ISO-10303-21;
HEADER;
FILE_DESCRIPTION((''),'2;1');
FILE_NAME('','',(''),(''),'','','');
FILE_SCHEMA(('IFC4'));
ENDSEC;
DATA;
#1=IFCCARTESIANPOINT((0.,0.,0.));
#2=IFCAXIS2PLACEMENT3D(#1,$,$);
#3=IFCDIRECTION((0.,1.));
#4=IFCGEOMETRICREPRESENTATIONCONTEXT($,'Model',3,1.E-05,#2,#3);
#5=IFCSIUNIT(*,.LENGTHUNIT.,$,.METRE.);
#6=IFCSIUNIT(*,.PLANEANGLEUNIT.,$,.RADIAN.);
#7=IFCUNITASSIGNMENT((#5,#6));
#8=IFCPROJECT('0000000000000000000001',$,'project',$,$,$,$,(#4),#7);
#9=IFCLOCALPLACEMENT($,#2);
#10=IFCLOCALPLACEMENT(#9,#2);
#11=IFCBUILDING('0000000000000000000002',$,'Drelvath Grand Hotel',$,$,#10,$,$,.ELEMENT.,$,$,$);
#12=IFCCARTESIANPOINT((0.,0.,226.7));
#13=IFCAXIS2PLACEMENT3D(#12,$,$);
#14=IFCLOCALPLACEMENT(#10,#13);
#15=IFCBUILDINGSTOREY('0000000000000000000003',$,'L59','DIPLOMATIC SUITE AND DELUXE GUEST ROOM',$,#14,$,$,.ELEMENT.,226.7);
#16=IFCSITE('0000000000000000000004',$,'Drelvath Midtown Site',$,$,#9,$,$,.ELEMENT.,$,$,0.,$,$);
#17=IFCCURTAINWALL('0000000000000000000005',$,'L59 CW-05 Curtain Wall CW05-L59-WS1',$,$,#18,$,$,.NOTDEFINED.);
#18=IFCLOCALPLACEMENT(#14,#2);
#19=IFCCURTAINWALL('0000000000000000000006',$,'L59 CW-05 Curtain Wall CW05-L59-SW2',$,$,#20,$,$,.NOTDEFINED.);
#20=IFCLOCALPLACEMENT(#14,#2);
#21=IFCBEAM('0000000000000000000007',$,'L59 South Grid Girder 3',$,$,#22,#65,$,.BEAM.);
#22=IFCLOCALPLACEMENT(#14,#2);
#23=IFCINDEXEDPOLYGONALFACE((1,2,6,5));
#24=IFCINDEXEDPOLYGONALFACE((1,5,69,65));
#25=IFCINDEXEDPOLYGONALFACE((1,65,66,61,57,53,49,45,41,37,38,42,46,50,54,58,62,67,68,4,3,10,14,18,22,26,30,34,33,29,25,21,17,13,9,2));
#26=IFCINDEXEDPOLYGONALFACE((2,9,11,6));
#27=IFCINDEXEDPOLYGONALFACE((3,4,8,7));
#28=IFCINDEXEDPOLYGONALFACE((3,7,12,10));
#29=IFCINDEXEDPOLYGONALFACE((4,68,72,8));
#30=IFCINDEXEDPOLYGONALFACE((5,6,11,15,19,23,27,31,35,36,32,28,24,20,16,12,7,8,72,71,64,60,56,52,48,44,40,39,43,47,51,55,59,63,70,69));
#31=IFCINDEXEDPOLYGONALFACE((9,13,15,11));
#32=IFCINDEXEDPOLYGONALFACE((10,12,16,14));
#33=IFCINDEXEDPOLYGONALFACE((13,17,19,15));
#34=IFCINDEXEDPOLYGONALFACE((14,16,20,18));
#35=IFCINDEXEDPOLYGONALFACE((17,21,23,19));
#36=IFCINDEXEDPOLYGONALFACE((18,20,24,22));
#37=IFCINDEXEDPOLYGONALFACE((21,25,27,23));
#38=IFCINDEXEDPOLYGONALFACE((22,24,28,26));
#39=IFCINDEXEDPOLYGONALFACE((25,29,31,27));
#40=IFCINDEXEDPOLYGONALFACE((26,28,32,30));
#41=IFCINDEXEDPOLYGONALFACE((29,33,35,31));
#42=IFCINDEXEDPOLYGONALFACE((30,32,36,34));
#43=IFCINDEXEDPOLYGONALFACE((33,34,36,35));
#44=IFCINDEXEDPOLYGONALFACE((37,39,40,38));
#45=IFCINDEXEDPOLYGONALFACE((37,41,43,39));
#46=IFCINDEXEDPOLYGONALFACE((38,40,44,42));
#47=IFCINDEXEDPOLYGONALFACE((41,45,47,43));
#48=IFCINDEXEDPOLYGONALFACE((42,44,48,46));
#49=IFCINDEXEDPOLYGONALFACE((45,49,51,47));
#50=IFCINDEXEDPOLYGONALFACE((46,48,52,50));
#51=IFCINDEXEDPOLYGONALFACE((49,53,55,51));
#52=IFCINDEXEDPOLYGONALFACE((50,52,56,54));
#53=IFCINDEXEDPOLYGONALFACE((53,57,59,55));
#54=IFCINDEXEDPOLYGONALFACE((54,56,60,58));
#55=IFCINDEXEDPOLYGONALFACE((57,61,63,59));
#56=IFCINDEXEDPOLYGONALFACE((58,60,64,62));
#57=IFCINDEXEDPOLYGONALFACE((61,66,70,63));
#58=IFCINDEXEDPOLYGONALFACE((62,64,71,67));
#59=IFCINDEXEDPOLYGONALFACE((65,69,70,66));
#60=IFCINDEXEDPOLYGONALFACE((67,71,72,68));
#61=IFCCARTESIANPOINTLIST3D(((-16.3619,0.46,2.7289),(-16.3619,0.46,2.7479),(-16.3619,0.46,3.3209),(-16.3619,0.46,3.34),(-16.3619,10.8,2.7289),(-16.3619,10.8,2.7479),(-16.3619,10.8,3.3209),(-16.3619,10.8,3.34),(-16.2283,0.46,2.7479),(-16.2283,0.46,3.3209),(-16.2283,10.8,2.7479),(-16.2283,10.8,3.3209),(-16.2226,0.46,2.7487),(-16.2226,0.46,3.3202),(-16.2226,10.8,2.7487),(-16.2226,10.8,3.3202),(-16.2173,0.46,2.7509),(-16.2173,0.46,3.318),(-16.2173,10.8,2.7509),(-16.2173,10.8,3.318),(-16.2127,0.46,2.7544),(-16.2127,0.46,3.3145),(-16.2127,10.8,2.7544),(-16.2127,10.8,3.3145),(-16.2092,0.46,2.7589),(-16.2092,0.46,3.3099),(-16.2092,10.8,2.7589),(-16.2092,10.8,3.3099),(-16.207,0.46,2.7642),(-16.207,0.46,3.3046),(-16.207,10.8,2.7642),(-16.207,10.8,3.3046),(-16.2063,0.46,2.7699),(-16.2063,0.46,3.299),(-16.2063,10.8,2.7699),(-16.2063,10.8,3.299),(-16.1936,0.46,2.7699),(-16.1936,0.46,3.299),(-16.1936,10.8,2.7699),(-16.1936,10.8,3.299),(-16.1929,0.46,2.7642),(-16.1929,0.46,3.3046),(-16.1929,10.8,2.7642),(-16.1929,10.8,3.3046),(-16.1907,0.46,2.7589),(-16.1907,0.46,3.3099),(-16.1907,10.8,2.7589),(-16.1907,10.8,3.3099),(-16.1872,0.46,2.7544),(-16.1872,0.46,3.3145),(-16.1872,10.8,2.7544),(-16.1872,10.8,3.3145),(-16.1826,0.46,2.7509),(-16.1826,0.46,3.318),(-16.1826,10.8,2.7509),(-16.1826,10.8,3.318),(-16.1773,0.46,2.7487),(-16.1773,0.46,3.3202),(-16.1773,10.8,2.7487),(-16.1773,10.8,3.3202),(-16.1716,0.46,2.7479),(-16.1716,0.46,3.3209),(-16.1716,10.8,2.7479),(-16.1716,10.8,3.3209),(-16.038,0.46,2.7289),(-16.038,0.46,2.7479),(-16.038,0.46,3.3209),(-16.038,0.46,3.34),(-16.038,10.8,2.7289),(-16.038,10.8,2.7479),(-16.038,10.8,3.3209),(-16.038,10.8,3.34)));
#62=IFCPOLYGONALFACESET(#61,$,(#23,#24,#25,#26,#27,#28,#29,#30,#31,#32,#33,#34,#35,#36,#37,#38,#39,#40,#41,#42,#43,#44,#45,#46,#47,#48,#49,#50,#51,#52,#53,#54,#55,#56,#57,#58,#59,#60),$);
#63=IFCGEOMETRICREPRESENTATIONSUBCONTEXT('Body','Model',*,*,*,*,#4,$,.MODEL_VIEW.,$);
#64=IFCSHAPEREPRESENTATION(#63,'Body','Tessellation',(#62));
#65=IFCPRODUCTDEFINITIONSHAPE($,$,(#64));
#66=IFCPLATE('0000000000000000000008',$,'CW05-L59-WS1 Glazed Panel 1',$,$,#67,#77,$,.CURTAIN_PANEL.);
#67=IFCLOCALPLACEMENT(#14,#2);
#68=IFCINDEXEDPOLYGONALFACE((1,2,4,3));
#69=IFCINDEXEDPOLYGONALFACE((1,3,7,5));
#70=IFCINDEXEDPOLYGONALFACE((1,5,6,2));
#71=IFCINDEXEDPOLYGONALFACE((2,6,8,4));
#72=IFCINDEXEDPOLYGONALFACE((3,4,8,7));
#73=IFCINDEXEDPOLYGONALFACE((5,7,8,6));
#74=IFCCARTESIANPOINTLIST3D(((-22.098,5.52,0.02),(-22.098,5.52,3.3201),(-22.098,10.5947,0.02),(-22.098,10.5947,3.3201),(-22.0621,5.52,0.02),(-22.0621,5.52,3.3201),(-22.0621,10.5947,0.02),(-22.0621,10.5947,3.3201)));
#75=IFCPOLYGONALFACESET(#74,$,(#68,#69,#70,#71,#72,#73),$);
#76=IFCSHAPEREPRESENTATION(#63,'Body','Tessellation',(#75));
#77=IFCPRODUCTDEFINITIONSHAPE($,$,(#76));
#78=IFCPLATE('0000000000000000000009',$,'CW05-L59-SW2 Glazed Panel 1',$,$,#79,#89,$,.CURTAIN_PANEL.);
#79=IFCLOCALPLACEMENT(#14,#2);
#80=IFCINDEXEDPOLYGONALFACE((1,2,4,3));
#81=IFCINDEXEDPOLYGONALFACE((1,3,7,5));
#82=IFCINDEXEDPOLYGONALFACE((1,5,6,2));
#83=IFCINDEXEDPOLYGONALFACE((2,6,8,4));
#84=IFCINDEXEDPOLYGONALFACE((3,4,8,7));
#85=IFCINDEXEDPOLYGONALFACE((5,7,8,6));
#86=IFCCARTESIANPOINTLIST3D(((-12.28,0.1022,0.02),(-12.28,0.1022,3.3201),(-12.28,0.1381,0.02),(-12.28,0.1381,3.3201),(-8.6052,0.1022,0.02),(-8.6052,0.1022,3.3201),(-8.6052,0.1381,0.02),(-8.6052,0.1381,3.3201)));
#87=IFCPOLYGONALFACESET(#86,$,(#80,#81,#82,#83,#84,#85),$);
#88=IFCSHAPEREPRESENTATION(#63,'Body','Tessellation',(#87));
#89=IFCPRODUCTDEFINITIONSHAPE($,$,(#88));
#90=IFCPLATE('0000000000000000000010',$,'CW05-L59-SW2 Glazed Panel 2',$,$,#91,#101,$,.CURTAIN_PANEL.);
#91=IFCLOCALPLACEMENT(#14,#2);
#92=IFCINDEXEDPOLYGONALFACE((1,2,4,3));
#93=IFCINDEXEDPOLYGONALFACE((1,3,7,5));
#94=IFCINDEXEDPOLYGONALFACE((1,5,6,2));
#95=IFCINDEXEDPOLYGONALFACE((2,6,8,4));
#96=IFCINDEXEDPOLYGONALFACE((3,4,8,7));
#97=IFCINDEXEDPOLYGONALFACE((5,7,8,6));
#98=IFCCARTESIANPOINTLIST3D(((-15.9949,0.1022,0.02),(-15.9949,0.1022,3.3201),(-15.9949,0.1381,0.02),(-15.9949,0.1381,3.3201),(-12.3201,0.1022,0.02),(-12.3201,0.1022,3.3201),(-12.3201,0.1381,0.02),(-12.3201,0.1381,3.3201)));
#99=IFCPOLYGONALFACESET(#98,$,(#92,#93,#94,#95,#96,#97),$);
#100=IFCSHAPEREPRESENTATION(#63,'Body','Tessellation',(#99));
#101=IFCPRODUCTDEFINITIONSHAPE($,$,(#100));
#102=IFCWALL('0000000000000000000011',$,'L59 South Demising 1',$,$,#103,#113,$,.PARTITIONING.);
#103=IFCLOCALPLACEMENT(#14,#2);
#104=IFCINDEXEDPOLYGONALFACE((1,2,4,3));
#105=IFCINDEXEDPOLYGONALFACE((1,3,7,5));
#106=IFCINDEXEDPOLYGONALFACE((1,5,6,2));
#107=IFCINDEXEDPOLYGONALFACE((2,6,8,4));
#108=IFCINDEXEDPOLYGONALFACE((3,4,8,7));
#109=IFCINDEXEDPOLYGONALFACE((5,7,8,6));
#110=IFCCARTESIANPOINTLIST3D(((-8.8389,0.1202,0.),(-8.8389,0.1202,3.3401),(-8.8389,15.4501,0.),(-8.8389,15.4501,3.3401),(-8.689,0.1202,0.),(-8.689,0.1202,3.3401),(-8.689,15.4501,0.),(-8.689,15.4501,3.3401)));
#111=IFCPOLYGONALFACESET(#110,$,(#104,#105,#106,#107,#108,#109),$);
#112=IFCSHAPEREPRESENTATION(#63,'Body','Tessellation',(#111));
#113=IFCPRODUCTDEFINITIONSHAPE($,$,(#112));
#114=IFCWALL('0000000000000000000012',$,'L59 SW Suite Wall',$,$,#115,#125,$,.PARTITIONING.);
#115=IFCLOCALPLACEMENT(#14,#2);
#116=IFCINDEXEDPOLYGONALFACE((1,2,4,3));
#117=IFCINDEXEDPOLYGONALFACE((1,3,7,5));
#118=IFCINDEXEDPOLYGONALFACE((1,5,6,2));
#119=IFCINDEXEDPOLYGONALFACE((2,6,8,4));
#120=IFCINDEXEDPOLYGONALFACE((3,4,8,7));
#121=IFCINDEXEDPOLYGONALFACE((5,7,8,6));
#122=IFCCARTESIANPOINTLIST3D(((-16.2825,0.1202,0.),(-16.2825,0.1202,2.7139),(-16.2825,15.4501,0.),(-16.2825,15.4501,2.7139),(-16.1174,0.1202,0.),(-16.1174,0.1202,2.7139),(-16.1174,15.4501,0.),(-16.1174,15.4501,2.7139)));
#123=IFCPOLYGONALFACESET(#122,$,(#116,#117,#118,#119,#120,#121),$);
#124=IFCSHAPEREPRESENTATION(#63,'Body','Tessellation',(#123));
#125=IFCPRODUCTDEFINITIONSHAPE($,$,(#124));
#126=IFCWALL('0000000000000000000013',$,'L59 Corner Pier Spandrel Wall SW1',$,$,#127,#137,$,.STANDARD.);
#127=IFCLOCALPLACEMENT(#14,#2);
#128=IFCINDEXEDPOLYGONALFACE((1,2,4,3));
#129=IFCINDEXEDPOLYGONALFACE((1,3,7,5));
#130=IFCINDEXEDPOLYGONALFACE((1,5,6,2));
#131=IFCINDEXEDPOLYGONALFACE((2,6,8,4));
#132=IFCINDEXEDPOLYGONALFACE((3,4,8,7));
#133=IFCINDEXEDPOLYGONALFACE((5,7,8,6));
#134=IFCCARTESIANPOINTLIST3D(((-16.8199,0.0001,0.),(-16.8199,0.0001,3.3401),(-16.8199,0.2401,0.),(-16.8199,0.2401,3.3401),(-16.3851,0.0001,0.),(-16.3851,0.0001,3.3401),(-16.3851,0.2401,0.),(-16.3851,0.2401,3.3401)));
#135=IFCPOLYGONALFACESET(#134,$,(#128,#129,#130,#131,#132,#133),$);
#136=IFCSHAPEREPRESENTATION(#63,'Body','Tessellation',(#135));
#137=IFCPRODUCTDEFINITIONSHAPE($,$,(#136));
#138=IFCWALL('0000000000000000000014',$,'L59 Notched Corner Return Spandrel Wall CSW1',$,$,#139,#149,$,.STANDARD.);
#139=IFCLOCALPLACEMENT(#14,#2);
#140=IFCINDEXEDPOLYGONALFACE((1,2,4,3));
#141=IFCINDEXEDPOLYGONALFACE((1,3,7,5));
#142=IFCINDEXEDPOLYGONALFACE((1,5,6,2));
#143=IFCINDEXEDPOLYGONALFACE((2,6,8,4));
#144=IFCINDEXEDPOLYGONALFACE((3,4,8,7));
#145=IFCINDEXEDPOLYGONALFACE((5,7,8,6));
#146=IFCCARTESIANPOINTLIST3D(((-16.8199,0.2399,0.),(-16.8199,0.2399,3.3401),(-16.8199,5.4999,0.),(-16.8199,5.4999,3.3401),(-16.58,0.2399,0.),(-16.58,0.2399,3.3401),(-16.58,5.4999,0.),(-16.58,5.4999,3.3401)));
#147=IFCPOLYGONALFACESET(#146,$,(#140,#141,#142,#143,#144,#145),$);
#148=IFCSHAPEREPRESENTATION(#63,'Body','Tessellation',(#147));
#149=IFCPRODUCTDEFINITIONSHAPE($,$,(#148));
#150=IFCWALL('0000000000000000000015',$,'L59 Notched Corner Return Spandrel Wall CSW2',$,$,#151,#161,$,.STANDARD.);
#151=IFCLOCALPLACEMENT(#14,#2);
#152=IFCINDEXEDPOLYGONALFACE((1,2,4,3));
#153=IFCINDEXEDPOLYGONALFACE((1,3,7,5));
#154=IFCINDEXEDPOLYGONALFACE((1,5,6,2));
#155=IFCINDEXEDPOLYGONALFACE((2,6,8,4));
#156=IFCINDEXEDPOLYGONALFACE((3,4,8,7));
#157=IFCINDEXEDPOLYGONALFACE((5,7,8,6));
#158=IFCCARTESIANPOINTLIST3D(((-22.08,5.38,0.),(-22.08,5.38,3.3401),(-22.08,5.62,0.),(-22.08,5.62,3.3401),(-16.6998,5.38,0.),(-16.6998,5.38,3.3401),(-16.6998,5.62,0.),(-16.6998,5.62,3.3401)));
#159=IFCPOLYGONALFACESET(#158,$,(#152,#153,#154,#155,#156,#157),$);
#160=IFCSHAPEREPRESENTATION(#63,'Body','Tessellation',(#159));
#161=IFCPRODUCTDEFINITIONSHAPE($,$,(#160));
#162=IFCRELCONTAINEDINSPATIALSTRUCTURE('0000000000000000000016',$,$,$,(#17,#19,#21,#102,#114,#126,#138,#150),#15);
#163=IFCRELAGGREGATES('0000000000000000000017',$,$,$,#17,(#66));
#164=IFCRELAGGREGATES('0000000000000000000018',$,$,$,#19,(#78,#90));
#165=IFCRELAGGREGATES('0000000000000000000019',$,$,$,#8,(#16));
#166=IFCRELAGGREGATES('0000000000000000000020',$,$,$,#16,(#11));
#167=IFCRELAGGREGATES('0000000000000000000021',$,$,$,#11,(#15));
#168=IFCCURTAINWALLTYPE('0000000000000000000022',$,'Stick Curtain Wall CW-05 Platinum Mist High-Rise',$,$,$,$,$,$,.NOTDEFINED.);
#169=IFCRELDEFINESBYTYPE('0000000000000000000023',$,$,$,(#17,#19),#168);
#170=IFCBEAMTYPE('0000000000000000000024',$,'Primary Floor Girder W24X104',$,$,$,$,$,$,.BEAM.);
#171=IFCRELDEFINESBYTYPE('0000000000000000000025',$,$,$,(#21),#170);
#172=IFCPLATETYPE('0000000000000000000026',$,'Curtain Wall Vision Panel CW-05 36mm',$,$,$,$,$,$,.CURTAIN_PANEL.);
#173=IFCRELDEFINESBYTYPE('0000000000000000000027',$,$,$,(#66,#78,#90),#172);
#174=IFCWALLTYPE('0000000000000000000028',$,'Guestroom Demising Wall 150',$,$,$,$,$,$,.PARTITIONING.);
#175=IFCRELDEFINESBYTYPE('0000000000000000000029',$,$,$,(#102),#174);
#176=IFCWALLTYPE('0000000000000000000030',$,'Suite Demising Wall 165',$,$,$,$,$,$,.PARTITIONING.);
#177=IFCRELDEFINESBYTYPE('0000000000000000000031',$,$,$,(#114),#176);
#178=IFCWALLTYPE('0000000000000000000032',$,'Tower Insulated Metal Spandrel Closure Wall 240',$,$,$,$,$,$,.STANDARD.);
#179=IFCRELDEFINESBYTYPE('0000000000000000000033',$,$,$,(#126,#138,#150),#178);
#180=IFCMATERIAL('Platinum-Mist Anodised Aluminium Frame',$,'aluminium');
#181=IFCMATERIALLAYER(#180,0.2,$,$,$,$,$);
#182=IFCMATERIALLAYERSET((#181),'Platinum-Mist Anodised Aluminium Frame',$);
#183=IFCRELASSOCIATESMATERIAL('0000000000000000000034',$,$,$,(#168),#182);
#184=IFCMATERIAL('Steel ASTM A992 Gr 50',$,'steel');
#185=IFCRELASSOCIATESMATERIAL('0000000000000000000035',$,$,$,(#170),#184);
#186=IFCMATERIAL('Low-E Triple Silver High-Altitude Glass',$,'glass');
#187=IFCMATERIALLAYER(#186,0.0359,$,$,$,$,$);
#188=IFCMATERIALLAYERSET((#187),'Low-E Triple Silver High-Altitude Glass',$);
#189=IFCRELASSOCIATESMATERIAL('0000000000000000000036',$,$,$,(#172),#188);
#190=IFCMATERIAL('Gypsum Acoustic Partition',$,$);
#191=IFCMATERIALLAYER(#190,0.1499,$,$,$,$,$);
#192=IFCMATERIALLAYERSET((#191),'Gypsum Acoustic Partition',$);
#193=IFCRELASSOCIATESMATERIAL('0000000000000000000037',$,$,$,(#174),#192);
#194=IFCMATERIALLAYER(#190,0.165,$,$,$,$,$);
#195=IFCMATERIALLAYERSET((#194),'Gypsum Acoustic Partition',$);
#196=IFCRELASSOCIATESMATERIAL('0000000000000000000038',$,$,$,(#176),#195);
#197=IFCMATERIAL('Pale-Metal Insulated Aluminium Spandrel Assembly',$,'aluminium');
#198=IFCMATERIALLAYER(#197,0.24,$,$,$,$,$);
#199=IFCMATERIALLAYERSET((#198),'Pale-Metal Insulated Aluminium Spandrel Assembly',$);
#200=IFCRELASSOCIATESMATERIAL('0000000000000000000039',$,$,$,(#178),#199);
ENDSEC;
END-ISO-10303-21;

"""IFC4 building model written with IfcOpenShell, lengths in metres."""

from ifc_helpers import new_model, si_unit, direction, frame, frame_2d, origin, origin_2d, place, context, subcontext, project, spatial, rectangle, i_section, extrude, material, layer, layer_set, material_profile, profile_set, type_object, element, aggregate, save


model = new_model("IFC4")

# Units and contexts
model_context = context("Model", 3, precision=1e-05, world=origin(), true_north=direction((0.0, 1.0)))
body_context = subcontext(model_context, "Body", "Model", "MODEL_VIEW")
ifc_project = project(units=[si_unit("LENGTHUNIT", "METRE"), si_unit("PLANEANGLEUNIT", "RADIAN")], contexts=[model_context])

# Site, building, storey
site_placement = place(None, origin())
site = spatial("IfcSite", under=ifc_project, at=site_placement, Name="Drelvath Midtown Site", CompositionType="ELEMENT", RefElevation=0.0)
building_placement = place(site_placement, origin())
building = spatial("IfcBuilding", under=site, at=building_placement, Name="Drelvath Grand Hotel", CompositionType="ELEMENT")
storey_placement = place(building_placement, frame((0.0, 0.0, 226.7)))
storey = spatial("IfcBuildingStorey", under=building, at=storey_placement, Name="L59", Description="DIPLOMATIC SUITE AND DELUXE GUEST ROOM", CompositionType="ELEMENT", Elevation=226.7)

# Curtain walls
ifc_material_1 = material(Name="Platinum-Mist Anodised Aluminium Frame", Category="aluminium")
ifc_layer_1 = layer(ifc_material_1, 0.2)
ifc_layer_set_1 = layer_set([ifc_layer_1], Name="Platinum-Mist Anodised Aluminium Frame")
curtain_wall_type = type_object("IfcCurtainWallType", Name="Stick Curtain Wall CW-05 Platinum Mist High-Rise", PredefinedType="NOTDEFINED", material=ifc_layer_set_1)
curtain_wall_1_placement = place(storey_placement, origin())
curtain_wall_1 = element("IfcCurtainWall", 1, at=curtain_wall_1_placement, inside=storey, type_object=curtain_wall_type, Name="L59 CW-05 Curtain Wall CW05-L59-WS1", PredefinedType="NOTDEFINED")
curtain_wall_2_placement = place(storey_placement, origin())
curtain_wall_2 = element("IfcCurtainWall", 2, at=curtain_wall_2_placement, inside=storey, type_object=curtain_wall_type, Name="L59 CW-05 Curtain Wall CW05-L59-SW2", PredefinedType="NOTDEFINED")

# Beam
ifc_material_2 = material(Name="Steel ASTM A992 Gr 50", Category="steel")
ifc_material_profile_1 = material_profile(ifc_material_2, i_section(OverallWidth=0.324, OverallDepth=0.6111, WebThickness=0.0127, FlangeThickness=0.019, FilletRadius=0.022, at=origin_2d()), Name="W24X104")
ifc_profile_set_1 = profile_set([ifc_material_profile_1], Name="Steel ASTM A992 Gr 50")
beam_type_1 = type_object("IfcBeamType", Name="Primary Floor Girder W24X104", PredefinedType="BEAM", material=ifc_profile_set_1)
beam_1_placement = place(storey_placement, frame((-16.2, 0.46, 3.0344), z_axis=(0.0, 1.0, 0.0), x_axis=(-1.0, 0.0, 0.0)))
element("IfcBeam", 3, at=beam_1_placement, inside=storey, type_object=beam_type_1, Name="L59 South Grid Girder 3", PredefinedType="BEAM", context=body_context, shape_type="SweptSolid", body=[
    extrude(i_section(OverallWidth=0.324, OverallDepth=0.6111, WebThickness=0.0127, FlangeThickness=0.019, FilletRadius=0.022, at=origin_2d()), origin(), (0.0, 0.0, 1.0), 10.3401),
])

# Plates
ifc_material_3 = material(Name="Low-E Triple Silver High-Altitude Glass", Category="glass")
ifc_layer_2 = layer(ifc_material_3, 0.0359)
ifc_layer_set_2 = layer_set([ifc_layer_2], Name="Low-E Triple Silver High-Altitude Glass")
plate_type = type_object("IfcPlateType", Name="Curtain Wall Vision Panel CW-05 36mm", PredefinedType="CURTAIN_PANEL", material=ifc_layer_set_2)
plate_1_placement = place(storey_placement, frame((-22.0801, 8.0574, 0.02), z_axis=(0.0, 0.0, 1.0), x_axis=(0.0, 1.0, 0.0)))
plate_1 = element("IfcPlate", 4, at=plate_1_placement, type_object=plate_type, Name="CW05-L59-WS1 Glazed Panel 1", PredefinedType="CURTAIN_PANEL", context=body_context, shape_type="SweptSolid", body=[
    extrude(rectangle(XDim=5.0747, YDim=0.0359, at=origin_2d()), origin(), (0.0, 0.0, 1.0), 3.3),
])
aggregate(curtain_wall_1, [plate_1])
plate_2_placement = place(storey_placement, frame((-10.4426, 0.1201, 0.02), z_axis=(0.0, 0.0, 1.0), x_axis=(-1.0, 0.0, 0.0)))
plate_2 = element("IfcPlate", 5, at=plate_2_placement, type_object=plate_type, Name="CW05-L59-SW2 Glazed Panel 1", PredefinedType="CURTAIN_PANEL", context=body_context, shape_type="SweptSolid", body=[
    extrude(rectangle(XDim=3.6748, YDim=0.0359, at=origin_2d()), origin(), (0.0, 0.0, 1.0), 3.3),
])
plate_3_placement = place(storey_placement, frame((-14.1575, 0.1201, 0.02), z_axis=(0.0, 0.0, 1.0), x_axis=(-1.0, 0.0, 0.0)))
plate_3 = element("IfcPlate", 6, at=plate_3_placement, type_object=plate_type, Name="CW05-L59-SW2 Glazed Panel 2", PredefinedType="CURTAIN_PANEL", context=body_context, shape_type="SweptSolid", body=[
    extrude(rectangle(XDim=3.6748, YDim=0.0359, at=origin_2d()), origin(), (0.0, 0.0, 1.0), 3.3),
])
aggregate(curtain_wall_2, [plate_2, plate_3])

# Walls
ifc_material_4 = material(Name="Gypsum Acoustic Partition")
ifc_layer_3 = layer(ifc_material_4, 0.1499)
ifc_layer_set_3 = layer_set([ifc_layer_3], Name="Gypsum Acoustic Partition")
wall_type_1 = type_object("IfcWallType", Name="Guestroom Demising Wall 150", PredefinedType="PARTITIONING", material=ifc_layer_set_3)
wall_1_placement = place(storey_placement, frame((-8.7639, 0.1201, 0.0), z_axis=(0.0, 0.0, 1.0), x_axis=(0.0, 1.0, 0.0)))
element("IfcWall", 7, at=wall_1_placement, inside=storey, type_object=wall_type_1, Name="L59 South Demising 1", PredefinedType="PARTITIONING", context=body_context, shape_type="SweptSolid", body=[
    extrude(rectangle(XDim=15.3298, YDim=0.1499, at=frame_2d((7.665, 0.0))), origin(), (0.0, 0.0, 1.0), 3.3401),
])
ifc_layer_4 = layer(ifc_material_4, 0.165)
ifc_layer_set_4 = layer_set([ifc_layer_4], Name="Gypsum Acoustic Partition")
wall_type_2 = type_object("IfcWallType", Name="Suite Demising Wall 165", PredefinedType="PARTITIONING", material=ifc_layer_set_4)
wall_2_placement = place(storey_placement, frame((-16.2, 0.1201, 0.0), z_axis=(0.0, 0.0, 1.0), x_axis=(0.0, 1.0, 0.0)))
element("IfcWall", 8, at=wall_2_placement, inside=storey, type_object=wall_type_2, Name="L59 SW Suite Wall", PredefinedType="PARTITIONING", context=body_context, shape_type="SweptSolid", body=[
    extrude(rectangle(XDim=15.3298, YDim=0.165, at=frame_2d((7.665, 0.0))), origin(), (0.0, 0.0, 1.0), 2.7139),
])
ifc_material_5 = material(Name="Pale-Metal Insulated Aluminium Spandrel Assembly", Category="aluminium")
ifc_layer_5 = layer(ifc_material_5, 0.24)
ifc_layer_set_5 = layer_set([ifc_layer_5], Name="Pale-Metal Insulated Aluminium Spandrel Assembly")
wall_type_3 = type_object("IfcWallType", Name="Tower Insulated Metal Spandrel Closure Wall 240", PredefinedType="STANDARD", material=ifc_layer_set_5)
wall_3_placement = place(storey_placement, frame((-16.3853, 0.1201, 0.0), z_axis=(0.0, 0.0, 1.0), x_axis=(-1.0, 0.0, 0.0)))
element("IfcWall", 9, at=wall_3_placement, inside=storey, type_object=wall_type_3, Name="L59 Corner Pier Spandrel Wall SW1", PredefinedType="STANDARD", context=body_context, shape_type="SweptSolid", body=[
    extrude(rectangle(XDim=0.4348, YDim=0.24, at=frame_2d((0.2173, 0.0))), origin(), (0.0, 0.0, 1.0), 3.3401),
])
wall_4_placement = place(storey_placement, frame((-16.7, 0.24, 0.0), z_axis=(0.0, 0.0, 1.0), x_axis=(0.0, 1.0, 0.0)))
element("IfcWall", 10, at=wall_4_placement, inside=storey, type_object=wall_type_3, Name="L59 Notched Corner Return Spandrel Wall CSW1", PredefinedType="STANDARD", context=body_context, shape_type="SweptSolid", body=[
    extrude(rectangle(XDim=5.26, YDim=0.24, at=frame_2d((2.6299, 0.0))), origin(), (0.0, 0.0, 1.0), 3.3401),
])
wall_5_placement = place(storey_placement, frame((-16.7, 5.5, 0.0), z_axis=(0.0, 0.0, 1.0), x_axis=(-1.0, 0.0, 0.0)))
element("IfcWall", 11, at=wall_5_placement, inside=storey, type_object=wall_type_3, Name="L59 Notched Corner Return Spandrel Wall CSW2", PredefinedType="STANDARD", context=body_context, shape_type="SweptSolid", body=[
    extrude(rectangle(XDim=5.3801, YDim=0.24, at=frame_2d((2.6899, 0.0))), origin(), (0.0, 0.0, 1.0), 3.3401),
])

save(model, "model.ifc")
